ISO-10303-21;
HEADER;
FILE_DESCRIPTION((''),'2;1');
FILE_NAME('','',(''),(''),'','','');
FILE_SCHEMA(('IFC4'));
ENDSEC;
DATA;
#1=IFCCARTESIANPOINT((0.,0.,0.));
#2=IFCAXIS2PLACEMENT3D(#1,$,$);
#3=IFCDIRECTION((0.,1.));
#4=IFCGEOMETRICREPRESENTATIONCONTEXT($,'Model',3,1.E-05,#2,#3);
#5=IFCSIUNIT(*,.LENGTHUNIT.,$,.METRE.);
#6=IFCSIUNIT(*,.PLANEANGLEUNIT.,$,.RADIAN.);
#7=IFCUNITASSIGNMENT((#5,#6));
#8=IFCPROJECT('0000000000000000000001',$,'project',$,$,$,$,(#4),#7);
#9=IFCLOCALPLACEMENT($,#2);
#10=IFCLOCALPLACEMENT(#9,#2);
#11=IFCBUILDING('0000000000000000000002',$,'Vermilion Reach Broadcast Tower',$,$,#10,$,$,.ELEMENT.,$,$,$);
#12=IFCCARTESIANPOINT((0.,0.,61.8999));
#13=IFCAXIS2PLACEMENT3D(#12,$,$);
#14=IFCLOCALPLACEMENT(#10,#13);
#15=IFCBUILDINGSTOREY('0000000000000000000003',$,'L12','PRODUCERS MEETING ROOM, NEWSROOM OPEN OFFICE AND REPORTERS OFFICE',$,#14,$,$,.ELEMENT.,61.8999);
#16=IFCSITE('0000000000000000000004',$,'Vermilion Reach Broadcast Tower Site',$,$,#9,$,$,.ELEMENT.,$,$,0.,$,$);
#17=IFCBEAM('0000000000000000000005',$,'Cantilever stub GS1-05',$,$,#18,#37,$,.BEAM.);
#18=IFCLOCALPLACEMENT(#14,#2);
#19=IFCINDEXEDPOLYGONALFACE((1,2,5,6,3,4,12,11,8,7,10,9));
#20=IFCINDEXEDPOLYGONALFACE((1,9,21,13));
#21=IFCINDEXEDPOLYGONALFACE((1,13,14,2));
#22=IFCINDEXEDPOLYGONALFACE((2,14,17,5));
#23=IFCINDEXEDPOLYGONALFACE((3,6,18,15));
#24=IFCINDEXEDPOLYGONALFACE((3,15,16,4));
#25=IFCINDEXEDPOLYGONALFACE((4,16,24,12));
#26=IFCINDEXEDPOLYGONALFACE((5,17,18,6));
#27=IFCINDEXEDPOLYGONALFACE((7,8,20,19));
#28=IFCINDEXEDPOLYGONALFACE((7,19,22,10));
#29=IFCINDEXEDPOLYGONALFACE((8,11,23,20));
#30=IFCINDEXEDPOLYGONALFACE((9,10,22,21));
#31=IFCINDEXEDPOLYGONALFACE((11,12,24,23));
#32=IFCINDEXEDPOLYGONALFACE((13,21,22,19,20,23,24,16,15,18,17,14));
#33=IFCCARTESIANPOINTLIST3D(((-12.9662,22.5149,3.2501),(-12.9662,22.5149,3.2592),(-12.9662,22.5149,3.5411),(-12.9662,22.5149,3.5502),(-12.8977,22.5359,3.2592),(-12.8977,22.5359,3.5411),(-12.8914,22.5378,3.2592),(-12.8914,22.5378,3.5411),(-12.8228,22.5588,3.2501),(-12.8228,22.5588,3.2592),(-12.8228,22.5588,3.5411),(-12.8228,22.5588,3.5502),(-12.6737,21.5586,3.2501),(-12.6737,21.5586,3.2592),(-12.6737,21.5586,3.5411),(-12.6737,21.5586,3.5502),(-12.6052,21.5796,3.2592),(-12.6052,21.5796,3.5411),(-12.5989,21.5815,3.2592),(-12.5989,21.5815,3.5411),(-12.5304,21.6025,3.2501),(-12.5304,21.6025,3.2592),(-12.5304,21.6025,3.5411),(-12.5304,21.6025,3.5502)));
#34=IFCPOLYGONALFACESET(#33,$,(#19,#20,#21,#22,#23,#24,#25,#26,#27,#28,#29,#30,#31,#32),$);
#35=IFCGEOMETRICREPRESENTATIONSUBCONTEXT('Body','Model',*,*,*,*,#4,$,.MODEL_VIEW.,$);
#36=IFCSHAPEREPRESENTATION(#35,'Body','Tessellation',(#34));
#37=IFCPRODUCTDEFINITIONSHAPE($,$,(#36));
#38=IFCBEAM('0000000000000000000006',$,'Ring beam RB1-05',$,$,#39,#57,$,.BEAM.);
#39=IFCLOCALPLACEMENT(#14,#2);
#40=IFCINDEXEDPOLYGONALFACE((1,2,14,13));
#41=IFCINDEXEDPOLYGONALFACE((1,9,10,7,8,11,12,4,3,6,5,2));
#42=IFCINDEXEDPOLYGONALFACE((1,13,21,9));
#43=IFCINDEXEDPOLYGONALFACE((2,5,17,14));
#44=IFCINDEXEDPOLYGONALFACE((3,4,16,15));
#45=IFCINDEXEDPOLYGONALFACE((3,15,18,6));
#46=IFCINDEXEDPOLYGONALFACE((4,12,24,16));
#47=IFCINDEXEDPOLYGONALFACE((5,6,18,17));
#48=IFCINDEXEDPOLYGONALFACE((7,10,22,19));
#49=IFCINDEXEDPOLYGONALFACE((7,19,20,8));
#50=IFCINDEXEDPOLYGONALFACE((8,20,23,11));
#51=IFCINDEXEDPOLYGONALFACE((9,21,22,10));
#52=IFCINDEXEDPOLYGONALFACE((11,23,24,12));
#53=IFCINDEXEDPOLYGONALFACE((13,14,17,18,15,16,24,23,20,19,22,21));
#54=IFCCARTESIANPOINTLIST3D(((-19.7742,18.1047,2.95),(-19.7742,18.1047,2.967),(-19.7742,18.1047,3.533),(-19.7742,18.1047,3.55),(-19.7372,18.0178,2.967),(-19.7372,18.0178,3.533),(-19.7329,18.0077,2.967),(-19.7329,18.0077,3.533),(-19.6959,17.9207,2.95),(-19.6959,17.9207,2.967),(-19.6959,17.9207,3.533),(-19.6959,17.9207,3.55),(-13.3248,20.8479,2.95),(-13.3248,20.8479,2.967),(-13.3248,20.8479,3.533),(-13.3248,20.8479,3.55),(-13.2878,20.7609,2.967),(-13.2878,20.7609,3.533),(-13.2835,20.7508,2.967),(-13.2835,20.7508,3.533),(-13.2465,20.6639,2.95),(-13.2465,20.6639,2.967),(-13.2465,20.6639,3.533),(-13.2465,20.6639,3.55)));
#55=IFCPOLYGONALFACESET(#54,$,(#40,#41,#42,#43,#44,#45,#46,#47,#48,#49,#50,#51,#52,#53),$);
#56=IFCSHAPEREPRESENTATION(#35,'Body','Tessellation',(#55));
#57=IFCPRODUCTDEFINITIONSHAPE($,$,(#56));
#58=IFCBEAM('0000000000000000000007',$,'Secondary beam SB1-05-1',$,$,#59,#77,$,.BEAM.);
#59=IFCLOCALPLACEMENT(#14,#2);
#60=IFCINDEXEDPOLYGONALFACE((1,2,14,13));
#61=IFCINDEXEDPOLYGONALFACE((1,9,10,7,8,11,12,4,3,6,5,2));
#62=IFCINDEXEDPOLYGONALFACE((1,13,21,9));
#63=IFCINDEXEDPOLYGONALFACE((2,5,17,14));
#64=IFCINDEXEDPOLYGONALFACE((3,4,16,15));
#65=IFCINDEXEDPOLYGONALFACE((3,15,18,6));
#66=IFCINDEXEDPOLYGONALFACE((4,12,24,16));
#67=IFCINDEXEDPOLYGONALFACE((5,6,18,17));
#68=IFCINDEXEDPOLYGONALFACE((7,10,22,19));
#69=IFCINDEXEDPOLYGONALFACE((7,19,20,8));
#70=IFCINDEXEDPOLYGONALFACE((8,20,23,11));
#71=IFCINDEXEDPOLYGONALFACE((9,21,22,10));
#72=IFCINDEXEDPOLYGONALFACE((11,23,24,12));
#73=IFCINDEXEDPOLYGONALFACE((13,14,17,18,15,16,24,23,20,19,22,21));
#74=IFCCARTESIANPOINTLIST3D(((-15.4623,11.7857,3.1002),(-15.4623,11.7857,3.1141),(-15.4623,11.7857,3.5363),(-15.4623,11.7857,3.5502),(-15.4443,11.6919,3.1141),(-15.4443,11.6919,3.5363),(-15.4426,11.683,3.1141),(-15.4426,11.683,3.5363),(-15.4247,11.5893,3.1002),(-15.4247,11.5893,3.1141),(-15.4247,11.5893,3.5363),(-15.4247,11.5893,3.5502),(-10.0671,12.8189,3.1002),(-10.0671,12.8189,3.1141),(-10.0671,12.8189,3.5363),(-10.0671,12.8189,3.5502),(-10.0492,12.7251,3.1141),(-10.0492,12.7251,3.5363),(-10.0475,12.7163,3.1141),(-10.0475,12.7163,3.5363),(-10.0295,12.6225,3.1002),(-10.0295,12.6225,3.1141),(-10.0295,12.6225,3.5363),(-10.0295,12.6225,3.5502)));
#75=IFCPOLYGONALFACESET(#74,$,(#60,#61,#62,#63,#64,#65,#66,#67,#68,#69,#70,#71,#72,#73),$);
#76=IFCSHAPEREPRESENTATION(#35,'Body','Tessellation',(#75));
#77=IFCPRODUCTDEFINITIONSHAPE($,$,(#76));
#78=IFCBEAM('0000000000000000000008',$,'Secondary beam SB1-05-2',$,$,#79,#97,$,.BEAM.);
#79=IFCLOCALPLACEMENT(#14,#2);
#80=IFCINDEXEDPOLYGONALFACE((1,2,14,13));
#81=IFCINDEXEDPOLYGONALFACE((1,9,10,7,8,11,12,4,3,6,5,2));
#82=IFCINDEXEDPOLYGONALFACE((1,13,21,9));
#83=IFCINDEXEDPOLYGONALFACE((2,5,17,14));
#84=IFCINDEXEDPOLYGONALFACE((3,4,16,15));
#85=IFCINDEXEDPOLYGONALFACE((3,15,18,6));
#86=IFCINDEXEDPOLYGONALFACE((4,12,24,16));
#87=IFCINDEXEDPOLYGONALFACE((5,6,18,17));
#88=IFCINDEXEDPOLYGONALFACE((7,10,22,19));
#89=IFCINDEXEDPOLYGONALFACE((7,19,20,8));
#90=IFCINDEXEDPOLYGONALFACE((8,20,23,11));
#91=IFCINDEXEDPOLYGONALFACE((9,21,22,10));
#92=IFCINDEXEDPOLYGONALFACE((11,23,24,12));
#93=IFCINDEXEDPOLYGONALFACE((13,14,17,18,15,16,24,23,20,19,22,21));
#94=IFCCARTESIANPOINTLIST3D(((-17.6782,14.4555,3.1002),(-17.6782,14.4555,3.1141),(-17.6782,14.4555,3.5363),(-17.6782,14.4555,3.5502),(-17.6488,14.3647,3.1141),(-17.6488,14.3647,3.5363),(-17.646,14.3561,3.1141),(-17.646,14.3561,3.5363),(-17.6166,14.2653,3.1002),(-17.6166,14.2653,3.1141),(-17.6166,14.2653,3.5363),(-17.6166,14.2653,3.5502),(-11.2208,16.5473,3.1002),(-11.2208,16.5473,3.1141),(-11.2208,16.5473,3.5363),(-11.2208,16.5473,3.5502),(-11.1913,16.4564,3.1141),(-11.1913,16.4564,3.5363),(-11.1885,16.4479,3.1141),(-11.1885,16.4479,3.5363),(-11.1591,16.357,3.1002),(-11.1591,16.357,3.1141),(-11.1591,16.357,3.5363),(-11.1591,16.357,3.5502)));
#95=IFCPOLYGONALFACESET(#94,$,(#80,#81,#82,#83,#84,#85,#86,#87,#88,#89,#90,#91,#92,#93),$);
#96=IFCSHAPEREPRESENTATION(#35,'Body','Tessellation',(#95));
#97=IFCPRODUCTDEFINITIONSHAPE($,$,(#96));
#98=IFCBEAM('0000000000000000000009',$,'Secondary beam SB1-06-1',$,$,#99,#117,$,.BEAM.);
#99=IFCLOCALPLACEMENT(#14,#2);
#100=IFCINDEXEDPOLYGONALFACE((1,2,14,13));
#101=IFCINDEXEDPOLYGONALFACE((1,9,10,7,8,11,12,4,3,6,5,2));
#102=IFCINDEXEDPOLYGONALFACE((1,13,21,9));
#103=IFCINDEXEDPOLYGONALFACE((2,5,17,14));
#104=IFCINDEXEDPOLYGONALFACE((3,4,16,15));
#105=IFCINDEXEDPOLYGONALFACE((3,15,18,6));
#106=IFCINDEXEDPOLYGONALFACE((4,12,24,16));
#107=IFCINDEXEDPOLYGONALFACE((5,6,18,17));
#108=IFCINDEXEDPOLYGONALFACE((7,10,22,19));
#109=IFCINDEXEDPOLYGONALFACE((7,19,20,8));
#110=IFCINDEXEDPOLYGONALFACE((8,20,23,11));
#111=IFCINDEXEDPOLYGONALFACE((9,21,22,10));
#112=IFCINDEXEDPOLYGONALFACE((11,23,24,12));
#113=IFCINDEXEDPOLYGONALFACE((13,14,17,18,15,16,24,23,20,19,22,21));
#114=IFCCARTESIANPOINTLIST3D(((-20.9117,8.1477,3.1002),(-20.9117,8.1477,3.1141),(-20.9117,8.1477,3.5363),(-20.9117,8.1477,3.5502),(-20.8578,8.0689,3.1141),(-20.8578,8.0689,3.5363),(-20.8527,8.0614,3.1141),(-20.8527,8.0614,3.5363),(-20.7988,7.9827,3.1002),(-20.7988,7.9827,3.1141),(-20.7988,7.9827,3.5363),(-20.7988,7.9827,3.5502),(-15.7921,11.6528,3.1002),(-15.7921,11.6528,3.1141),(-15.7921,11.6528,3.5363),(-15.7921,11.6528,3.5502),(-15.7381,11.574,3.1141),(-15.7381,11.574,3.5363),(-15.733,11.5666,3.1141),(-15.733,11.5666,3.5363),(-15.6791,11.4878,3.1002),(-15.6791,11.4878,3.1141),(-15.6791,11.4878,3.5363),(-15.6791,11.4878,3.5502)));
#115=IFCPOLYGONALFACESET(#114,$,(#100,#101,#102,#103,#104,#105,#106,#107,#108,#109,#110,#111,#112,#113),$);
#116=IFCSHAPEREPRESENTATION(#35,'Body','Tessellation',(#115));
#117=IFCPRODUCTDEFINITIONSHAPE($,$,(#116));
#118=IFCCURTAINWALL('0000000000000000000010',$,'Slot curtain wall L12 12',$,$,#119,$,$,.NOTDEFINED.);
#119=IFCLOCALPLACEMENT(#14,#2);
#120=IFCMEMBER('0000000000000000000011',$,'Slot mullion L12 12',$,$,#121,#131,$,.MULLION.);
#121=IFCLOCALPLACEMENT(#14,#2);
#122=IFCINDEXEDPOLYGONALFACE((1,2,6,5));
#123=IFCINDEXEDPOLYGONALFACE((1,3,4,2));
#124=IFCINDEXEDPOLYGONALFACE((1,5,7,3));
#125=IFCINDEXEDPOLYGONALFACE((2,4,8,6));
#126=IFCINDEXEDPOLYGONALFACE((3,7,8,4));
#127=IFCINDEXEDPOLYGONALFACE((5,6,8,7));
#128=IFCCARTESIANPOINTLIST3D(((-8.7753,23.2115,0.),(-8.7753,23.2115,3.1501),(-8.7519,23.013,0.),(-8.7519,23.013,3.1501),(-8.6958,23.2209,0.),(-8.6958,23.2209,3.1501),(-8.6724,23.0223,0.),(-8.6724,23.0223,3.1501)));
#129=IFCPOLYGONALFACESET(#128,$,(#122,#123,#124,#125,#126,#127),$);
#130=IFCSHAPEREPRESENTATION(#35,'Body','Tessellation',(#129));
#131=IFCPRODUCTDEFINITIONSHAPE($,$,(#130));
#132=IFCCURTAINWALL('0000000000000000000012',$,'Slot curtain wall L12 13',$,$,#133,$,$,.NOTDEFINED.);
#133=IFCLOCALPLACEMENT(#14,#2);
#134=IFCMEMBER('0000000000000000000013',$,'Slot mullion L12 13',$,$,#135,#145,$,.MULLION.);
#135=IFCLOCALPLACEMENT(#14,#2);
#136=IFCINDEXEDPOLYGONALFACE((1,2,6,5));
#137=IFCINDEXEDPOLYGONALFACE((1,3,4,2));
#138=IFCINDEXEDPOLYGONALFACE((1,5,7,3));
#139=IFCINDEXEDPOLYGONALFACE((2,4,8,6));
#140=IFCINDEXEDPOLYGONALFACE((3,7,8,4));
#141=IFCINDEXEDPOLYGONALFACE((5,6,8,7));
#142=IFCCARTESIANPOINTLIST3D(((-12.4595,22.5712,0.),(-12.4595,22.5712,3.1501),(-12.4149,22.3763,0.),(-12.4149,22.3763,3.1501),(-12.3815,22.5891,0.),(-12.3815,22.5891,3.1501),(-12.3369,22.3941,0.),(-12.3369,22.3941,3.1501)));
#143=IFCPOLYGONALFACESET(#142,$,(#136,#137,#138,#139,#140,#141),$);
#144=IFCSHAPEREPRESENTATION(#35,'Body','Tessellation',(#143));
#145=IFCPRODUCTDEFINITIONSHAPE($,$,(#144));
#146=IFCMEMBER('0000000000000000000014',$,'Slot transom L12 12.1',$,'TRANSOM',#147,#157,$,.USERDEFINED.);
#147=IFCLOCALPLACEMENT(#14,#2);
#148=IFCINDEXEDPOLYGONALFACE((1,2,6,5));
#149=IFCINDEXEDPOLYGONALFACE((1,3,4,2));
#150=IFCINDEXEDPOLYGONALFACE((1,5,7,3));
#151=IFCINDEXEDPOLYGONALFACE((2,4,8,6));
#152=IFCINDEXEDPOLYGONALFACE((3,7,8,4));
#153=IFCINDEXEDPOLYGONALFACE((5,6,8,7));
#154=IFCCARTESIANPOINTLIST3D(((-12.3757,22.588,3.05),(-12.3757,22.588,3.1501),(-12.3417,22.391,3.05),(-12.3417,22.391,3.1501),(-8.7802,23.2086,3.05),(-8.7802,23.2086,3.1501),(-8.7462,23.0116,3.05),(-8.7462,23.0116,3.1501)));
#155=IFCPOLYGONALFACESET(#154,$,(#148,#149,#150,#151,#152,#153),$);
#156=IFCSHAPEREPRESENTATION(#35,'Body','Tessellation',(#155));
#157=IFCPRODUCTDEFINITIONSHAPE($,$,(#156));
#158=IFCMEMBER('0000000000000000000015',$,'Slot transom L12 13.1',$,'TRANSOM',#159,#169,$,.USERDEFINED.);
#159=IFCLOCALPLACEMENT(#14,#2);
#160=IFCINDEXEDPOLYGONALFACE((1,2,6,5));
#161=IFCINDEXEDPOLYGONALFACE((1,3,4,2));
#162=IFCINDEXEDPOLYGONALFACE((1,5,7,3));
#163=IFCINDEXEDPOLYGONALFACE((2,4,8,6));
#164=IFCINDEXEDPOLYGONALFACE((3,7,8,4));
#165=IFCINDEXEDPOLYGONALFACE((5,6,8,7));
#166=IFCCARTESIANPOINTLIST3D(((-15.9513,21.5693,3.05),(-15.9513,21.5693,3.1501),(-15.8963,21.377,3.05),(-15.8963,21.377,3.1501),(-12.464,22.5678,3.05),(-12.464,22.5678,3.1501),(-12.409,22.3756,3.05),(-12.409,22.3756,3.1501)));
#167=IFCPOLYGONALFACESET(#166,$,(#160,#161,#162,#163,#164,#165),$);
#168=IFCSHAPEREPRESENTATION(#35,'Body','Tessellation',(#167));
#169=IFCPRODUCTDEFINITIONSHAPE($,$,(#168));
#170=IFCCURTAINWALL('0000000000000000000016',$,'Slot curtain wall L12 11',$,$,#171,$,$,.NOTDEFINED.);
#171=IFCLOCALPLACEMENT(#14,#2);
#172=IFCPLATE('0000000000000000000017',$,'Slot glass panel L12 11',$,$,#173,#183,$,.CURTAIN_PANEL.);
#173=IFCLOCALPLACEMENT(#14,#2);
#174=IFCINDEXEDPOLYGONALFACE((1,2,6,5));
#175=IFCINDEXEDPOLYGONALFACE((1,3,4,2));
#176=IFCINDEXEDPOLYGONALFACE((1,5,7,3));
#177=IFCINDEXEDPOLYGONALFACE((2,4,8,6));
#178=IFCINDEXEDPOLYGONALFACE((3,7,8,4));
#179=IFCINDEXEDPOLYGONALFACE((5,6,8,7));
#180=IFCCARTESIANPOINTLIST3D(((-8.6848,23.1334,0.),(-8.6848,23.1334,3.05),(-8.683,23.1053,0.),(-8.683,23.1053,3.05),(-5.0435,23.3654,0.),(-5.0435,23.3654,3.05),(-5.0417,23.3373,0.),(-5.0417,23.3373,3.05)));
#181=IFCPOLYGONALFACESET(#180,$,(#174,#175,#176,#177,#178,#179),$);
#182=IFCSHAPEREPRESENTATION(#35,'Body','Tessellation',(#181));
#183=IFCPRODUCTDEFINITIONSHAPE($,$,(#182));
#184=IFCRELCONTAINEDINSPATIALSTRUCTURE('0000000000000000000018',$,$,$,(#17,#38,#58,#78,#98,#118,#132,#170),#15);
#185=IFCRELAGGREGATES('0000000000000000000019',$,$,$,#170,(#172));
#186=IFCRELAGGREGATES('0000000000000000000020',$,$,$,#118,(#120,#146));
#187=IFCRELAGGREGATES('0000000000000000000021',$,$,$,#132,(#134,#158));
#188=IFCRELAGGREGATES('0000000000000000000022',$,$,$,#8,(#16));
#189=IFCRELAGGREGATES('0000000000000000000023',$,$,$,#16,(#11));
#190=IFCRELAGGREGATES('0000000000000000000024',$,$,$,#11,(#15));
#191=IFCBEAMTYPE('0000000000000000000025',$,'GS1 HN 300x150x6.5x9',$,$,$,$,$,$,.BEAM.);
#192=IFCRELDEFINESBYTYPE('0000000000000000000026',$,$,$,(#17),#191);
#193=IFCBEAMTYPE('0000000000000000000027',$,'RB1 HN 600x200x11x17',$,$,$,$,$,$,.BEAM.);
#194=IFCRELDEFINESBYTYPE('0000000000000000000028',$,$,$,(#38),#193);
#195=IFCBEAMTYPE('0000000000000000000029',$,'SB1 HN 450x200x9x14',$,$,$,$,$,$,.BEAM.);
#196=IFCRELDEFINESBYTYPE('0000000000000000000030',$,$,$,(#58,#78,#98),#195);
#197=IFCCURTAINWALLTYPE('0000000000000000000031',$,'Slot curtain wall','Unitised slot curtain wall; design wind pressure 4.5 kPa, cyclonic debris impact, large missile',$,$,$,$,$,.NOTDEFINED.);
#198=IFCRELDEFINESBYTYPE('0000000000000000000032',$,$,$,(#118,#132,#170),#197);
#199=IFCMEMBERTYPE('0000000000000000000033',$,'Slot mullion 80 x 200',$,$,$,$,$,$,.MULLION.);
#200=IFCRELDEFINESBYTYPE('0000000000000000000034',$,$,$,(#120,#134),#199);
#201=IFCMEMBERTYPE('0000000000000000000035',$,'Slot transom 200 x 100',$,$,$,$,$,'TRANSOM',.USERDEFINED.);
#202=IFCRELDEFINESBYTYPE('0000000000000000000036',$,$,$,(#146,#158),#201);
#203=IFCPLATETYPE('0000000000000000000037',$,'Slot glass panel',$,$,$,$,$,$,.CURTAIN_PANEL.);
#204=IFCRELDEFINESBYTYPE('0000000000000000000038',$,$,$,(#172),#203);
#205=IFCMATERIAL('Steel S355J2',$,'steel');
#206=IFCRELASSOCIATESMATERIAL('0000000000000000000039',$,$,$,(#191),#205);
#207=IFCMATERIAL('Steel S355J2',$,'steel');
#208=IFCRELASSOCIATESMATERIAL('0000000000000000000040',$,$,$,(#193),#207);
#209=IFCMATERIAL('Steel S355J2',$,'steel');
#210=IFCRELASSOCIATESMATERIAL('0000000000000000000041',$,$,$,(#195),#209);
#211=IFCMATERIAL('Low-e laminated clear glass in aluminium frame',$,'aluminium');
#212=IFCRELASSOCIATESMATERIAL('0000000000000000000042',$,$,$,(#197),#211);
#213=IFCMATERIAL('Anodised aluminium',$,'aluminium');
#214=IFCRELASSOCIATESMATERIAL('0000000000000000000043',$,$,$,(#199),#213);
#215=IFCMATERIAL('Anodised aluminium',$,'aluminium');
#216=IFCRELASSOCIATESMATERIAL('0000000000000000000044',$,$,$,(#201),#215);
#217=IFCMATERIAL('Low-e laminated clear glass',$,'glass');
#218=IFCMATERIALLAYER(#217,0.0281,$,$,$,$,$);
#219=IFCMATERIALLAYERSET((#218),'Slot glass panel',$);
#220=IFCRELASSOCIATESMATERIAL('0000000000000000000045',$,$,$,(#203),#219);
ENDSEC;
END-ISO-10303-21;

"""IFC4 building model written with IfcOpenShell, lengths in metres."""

from ifc_helpers import new_model, si_unit, direction, frame, origin, origin_2d, place, context, subcontext, project, spatial, rectangle, i_section, extrude, material, layer, layer_set, material_profile, profile_set, type_object, element, aggregate, save


model = new_model("IFC4")

# Units and contexts
model_context = context("Model", 3, precision=1e-05, world=origin(), true_north=direction((0.0, 1.0)))
body_context = subcontext(model_context, "Body", "Model", "MODEL_VIEW")
ifc_project = project(units=[si_unit("LENGTHUNIT", "METRE"), si_unit("PLANEANGLEUNIT", "RADIAN")], contexts=[model_context])

# Site, building, storey
site_placement = place(None, origin())
site = spatial("IfcSite", under=ifc_project, at=site_placement, Name="Vermilion Reach Broadcast Tower Site", CompositionType="ELEMENT", RefElevation=0.0)
building_placement = place(site_placement, origin())
building = spatial("IfcBuilding", under=site, at=building_placement, Name="Vermilion Reach Broadcast Tower", CompositionType="ELEMENT")
storey_placement = place(building_placement, frame((0.0, 0.0, 61.8999)))
storey = spatial("IfcBuildingStorey", under=building, at=storey_placement, Name="L12", Description="PRODUCERS MEETING ROOM, NEWSROOM OPEN OFFICE AND REPORTERS OFFICE", CompositionType="ELEMENT", Elevation=61.8999)

# Beams
ifc_material_1 = material(Name="Steel S355J2", Category="steel")
ifc_material_profile_1 = material_profile(ifc_material_1, i_section(OverallWidth=0.1499, OverallDepth=0.3, WebThickness=0.0066, FlangeThickness=0.009, at=origin_2d()), Name="S355J2 HN 300x150x6.5x9")
ifc_profile_set_1 = profile_set([ifc_material_profile_1], Name="Steel S355J2")
beam_type_1 = type_object("IfcBeamType", Name="GS1 HN 300x150x6.5x9", PredefinedType="BEAM", material=ifc_profile_set_1)
beam_1_placement = place(storey_placement, frame((-12.6021, 21.5806, 3.4001), z_axis=(-0.292473, 0.956274, 0.0), x_axis=(-0.956274, -0.292473, 0.0)))
element("IfcBeam", 1, at=beam_1_placement, inside=storey, type_object=beam_type_1, Name="Cantilever stub GS1-05", PredefinedType="BEAM", context=body_context, shape_type="SweptSolid", body=[
    extrude(i_section(OverallWidth=0.1499, OverallDepth=0.3, WebThickness=0.0066, FlangeThickness=0.009, at=origin_2d()), origin(), (0.0, 0.0, 1.0), 1.0),
])
ifc_material_2 = material(Name="Steel S355J2", Category="steel")
ifc_material_profile_2 = material_profile(ifc_material_2, i_section(OverallWidth=0.2, OverallDepth=0.6001, WebThickness=0.011, FlangeThickness=0.0171, at=origin_2d()), Name="S355J2 HN 600x200x11x17")
ifc_profile_set_2 = profile_set([ifc_material_profile_2], Name="Steel S355J2")
beam_type_2 = type_object("IfcBeamType", Name="RB1 HN 600x200x11x17", PredefinedType="BEAM", material=ifc_profile_set_2)
beam_2_placement = place(storey_placement, frame((-13.2856, 20.7559, 3.25), z_axis=(-0.920221, -0.3914, 0.0), x_axis=(0.3914, -0.920221, 0.0)))
element("IfcBeam", 2, at=beam_2_placement, inside=storey, type_object=beam_type_2, Name="Ring beam RB1-05", PredefinedType="BEAM", context=body_context, shape_type="SweptSolid", body=[
    extrude(i_section(OverallWidth=0.2, OverallDepth=0.6001, WebThickness=0.011, FlangeThickness=0.0171, at=origin_2d()), origin(), (0.0, 0.0, 1.0), 7.0085),
])
ifc_material_3 = material(Name="Steel S355J2", Category="steel")
ifc_material_profile_3 = material_profile(ifc_material_3, i_section(OverallWidth=0.2, OverallDepth=0.45, WebThickness=0.009, FlangeThickness=0.0139, at=origin_2d()), Name="S355J2 HN 450x200x9x14")
ifc_profile_set_3 = profile_set([ifc_material_profile_3], Name="Steel S355J2")
beam_type_3 = type_object("IfcBeamType", Name="SB1 HN 450x200x9x14", PredefinedType="BEAM", material=ifc_profile_set_3)
beam_3_placement = place(storey_placement, frame((-10.0483, 12.7207, 3.3252), z_axis=(-0.982151, -0.188092, 0.0), x_axis=(0.188092, -0.982151, 0.0)))
element("IfcBeam", 3, at=beam_3_placement, inside=storey, type_object=beam_type_3, Name="Secondary beam SB1-05-1", PredefinedType="BEAM", context=body_context, shape_type="SweptSolid", body=[
    extrude(i_section(OverallWidth=0.2, OverallDepth=0.45, WebThickness=0.009, FlangeThickness=0.0139, at=origin_2d()), origin(), (0.0, 0.0, 1.0), 5.4932),
])
beam_4_placement = place(storey_placement, frame((-11.1899, 16.4521, 3.3252), z_axis=(-0.951332, -0.308167, 0.0), x_axis=(0.308167, -0.951332, 0.0)))
element("IfcBeam", 4, at=beam_4_placement, inside=storey, type_object=beam_type_3, Name="Secondary beam SB1-05-2", PredefinedType="BEAM", context=body_context, shape_type="SweptSolid", body=[
    extrude(i_section(OverallWidth=0.2, OverallDepth=0.45, WebThickness=0.009, FlangeThickness=0.0139, at=origin_2d()), origin(), (0.0, 0.0, 1.0), 6.7878),
])
beam_5_placement = place(storey_placement, frame((-15.7356, 11.5703, 3.3252), z_axis=(-0.82514, -0.564928, 0.0), x_axis=(0.564928, -0.82514, 0.0)))
element("IfcBeam", 5, at=beam_5_placement, inside=storey, type_object=beam_type_3, Name="Secondary beam SB1-06-1", PredefinedType="BEAM", context=body_context, shape_type="SweptSolid", body=[
    extrude(i_section(OverallWidth=0.2, OverallDepth=0.45, WebThickness=0.009, FlangeThickness=0.0139, at=origin_2d()), origin(), (0.0, 0.0, 1.0), 6.2046),
])

# Curtain walls, members
ifc_material_4 = material(Name="Low-e laminated clear glass in aluminium frame", Category="aluminium")
curtain_wall_type = type_object("IfcCurtainWallType", Name="Slot curtain wall", Description="Unitised slot curtain wall; design wind pressure 4.5 kPa, cyclonic debris impact, large missile", PredefinedType="NOTDEFINED", material=ifc_material_4)
placement = place(storey_placement, origin())
curtain_wall_1 = element("IfcCurtainWall", 6, at=placement, inside=storey, type_object=curtain_wall_type, Name="Slot curtain wall L12 12", PredefinedType="NOTDEFINED")
ifc_material_5 = material(Name="Anodised aluminium", Category="aluminium")
ifc_material_profile_4 = material_profile(ifc_material_5, rectangle(XDim=0.2, YDim=0.0801, at=origin_2d()), Name="Slot mullion 80 x 200")
ifc_profile_set_4 = profile_set([ifc_material_profile_4], Name="Anodised aluminium")
member_type_1 = type_object("IfcMemberType", Name="Slot mullion 80 x 200", PredefinedType="MULLION", material=ifc_profile_set_4)
member_1_placement = place(storey_placement, frame((-8.7239, 23.1169, 0.0), z_axis=(0.0, 0.0, 1.0), x_axis=(0.117017, -0.99313, 0.0)))
member_1 = element("IfcMember", 7, at=member_1_placement, type_object=member_type_1, Name="Slot mullion L12 12", PredefinedType="MULLION", context=body_context, shape_type="SweptSolid", body=[
    extrude(rectangle(XDim=0.2, YDim=0.0801, at=origin_2d()), origin(), (0.0, 0.0, 1.0), 3.1501),
])
curtain_wall_2 = element("IfcCurtainWall", 8, at=placement, inside=storey, type_object=curtain_wall_type, Name="Slot curtain wall L12 13", PredefinedType="NOTDEFINED")
member_2_placement = place(storey_placement, frame((-12.3982, 22.4827, 0.0), z_axis=(0.0, 0.0, 1.0), x_axis=(0.223011, -0.974816, 0.0)))
member_2 = element("IfcMember", 9, at=member_2_placement, type_object=member_type_1, Name="Slot mullion L12 13", PredefinedType="MULLION", context=body_context, shape_type="SweptSolid", body=[
    extrude(rectangle(XDim=0.2, YDim=0.0801, at=origin_2d()), origin(), (0.0, 0.0, 1.0), 3.1501),
])

# Members
ifc_material_6 = material(Name="Anodised aluminium", Category="aluminium")
ifc_material_profile_5 = material_profile(ifc_material_6, rectangle(XDim=0.2, YDim=0.1001, at=origin_2d()), Name="Slot transom 200 x 100")
ifc_profile_set_5 = profile_set([ifc_material_profile_5], Name="Anodised aluminium")
member_type_2 = type_object("IfcMemberType", Name="Slot transom 200 x 100", ElementType="TRANSOM", PredefinedType="USERDEFINED", material=ifc_profile_set_5)
member_3_placement = place(storey_placement, frame((-8.7632, 23.1101, 3.1001), z_axis=(-0.985428, -0.170093, 0.0), x_axis=(0.170093, -0.985428, 0.0)))
member_3 = element("IfcMember", 10, at=member_3_placement, type_object=member_type_2, Name="Slot transom L12 12.1", ObjectType="TRANSOM", PredefinedType="USERDEFINED", context=body_context, shape_type="SweptSolid", body=[
    extrude(rectangle(XDim=0.2, YDim=0.1001, at=origin_2d()), origin(), (0.0, 0.0, 1.0), 3.6487),
])
member_4_placement = place(storey_placement, frame((-12.4365, 22.4717, 3.1001), z_axis=(-0.961366, -0.275272, 0.0), x_axis=(0.275272, -0.961366, 0.0)))
member_4 = element("IfcMember", 11, at=member_4_placement, type_object=member_type_2, Name="Slot transom L12 13.1", ObjectType="TRANSOM", PredefinedType="USERDEFINED", context=body_context, shape_type="SweptSolid", body=[
    extrude(rectangle(XDim=0.2, YDim=0.1001, at=origin_2d()), origin(), (0.0, 0.0, 1.0), 3.6274),
])

# Curtain wall, plate
curtain_wall_3 = element("IfcCurtainWall", 12, at=placement, inside=storey, type_object=curtain_wall_type, Name="Slot curtain wall L12 11", PredefinedType="NOTDEFINED")
ifc_material_7 = material(Name="Low-e laminated clear glass", Category="glass")
ifc_layer_1 = layer(ifc_material_7, 0.0281)
ifc_layer_set_1 = layer_set([ifc_layer_1], Name="Slot glass panel")
plate_type = type_object("IfcPlateType", Name="Slot glass panel", PredefinedType="CURTAIN_PANEL", material=ifc_layer_set_1)
plate_1_placement = place(storey_placement, frame((-6.8633, 23.2354, 0.0), z_axis=(0.0, 0.0, 1.0), x_axis=(-0.997976, -0.063586, 0.0)))
plate_1 = element("IfcPlate", 13, at=plate_1_placement, type_object=plate_type, Name="Slot glass panel L12 11", PredefinedType="CURTAIN_PANEL", context=body_context, shape_type="SweptSolid", body=[
    extrude(rectangle(XDim=3.6487, YDim=0.0281, at=origin_2d()), origin(), (0.0, 0.0, 1.0), 3.05),
])
aggregate(curtain_wall_3, [plate_1])

aggregate(curtain_wall_1, [member_1, member_3])
aggregate(curtain_wall_2, [member_2, member_4])

save(model, "model.ifc")
